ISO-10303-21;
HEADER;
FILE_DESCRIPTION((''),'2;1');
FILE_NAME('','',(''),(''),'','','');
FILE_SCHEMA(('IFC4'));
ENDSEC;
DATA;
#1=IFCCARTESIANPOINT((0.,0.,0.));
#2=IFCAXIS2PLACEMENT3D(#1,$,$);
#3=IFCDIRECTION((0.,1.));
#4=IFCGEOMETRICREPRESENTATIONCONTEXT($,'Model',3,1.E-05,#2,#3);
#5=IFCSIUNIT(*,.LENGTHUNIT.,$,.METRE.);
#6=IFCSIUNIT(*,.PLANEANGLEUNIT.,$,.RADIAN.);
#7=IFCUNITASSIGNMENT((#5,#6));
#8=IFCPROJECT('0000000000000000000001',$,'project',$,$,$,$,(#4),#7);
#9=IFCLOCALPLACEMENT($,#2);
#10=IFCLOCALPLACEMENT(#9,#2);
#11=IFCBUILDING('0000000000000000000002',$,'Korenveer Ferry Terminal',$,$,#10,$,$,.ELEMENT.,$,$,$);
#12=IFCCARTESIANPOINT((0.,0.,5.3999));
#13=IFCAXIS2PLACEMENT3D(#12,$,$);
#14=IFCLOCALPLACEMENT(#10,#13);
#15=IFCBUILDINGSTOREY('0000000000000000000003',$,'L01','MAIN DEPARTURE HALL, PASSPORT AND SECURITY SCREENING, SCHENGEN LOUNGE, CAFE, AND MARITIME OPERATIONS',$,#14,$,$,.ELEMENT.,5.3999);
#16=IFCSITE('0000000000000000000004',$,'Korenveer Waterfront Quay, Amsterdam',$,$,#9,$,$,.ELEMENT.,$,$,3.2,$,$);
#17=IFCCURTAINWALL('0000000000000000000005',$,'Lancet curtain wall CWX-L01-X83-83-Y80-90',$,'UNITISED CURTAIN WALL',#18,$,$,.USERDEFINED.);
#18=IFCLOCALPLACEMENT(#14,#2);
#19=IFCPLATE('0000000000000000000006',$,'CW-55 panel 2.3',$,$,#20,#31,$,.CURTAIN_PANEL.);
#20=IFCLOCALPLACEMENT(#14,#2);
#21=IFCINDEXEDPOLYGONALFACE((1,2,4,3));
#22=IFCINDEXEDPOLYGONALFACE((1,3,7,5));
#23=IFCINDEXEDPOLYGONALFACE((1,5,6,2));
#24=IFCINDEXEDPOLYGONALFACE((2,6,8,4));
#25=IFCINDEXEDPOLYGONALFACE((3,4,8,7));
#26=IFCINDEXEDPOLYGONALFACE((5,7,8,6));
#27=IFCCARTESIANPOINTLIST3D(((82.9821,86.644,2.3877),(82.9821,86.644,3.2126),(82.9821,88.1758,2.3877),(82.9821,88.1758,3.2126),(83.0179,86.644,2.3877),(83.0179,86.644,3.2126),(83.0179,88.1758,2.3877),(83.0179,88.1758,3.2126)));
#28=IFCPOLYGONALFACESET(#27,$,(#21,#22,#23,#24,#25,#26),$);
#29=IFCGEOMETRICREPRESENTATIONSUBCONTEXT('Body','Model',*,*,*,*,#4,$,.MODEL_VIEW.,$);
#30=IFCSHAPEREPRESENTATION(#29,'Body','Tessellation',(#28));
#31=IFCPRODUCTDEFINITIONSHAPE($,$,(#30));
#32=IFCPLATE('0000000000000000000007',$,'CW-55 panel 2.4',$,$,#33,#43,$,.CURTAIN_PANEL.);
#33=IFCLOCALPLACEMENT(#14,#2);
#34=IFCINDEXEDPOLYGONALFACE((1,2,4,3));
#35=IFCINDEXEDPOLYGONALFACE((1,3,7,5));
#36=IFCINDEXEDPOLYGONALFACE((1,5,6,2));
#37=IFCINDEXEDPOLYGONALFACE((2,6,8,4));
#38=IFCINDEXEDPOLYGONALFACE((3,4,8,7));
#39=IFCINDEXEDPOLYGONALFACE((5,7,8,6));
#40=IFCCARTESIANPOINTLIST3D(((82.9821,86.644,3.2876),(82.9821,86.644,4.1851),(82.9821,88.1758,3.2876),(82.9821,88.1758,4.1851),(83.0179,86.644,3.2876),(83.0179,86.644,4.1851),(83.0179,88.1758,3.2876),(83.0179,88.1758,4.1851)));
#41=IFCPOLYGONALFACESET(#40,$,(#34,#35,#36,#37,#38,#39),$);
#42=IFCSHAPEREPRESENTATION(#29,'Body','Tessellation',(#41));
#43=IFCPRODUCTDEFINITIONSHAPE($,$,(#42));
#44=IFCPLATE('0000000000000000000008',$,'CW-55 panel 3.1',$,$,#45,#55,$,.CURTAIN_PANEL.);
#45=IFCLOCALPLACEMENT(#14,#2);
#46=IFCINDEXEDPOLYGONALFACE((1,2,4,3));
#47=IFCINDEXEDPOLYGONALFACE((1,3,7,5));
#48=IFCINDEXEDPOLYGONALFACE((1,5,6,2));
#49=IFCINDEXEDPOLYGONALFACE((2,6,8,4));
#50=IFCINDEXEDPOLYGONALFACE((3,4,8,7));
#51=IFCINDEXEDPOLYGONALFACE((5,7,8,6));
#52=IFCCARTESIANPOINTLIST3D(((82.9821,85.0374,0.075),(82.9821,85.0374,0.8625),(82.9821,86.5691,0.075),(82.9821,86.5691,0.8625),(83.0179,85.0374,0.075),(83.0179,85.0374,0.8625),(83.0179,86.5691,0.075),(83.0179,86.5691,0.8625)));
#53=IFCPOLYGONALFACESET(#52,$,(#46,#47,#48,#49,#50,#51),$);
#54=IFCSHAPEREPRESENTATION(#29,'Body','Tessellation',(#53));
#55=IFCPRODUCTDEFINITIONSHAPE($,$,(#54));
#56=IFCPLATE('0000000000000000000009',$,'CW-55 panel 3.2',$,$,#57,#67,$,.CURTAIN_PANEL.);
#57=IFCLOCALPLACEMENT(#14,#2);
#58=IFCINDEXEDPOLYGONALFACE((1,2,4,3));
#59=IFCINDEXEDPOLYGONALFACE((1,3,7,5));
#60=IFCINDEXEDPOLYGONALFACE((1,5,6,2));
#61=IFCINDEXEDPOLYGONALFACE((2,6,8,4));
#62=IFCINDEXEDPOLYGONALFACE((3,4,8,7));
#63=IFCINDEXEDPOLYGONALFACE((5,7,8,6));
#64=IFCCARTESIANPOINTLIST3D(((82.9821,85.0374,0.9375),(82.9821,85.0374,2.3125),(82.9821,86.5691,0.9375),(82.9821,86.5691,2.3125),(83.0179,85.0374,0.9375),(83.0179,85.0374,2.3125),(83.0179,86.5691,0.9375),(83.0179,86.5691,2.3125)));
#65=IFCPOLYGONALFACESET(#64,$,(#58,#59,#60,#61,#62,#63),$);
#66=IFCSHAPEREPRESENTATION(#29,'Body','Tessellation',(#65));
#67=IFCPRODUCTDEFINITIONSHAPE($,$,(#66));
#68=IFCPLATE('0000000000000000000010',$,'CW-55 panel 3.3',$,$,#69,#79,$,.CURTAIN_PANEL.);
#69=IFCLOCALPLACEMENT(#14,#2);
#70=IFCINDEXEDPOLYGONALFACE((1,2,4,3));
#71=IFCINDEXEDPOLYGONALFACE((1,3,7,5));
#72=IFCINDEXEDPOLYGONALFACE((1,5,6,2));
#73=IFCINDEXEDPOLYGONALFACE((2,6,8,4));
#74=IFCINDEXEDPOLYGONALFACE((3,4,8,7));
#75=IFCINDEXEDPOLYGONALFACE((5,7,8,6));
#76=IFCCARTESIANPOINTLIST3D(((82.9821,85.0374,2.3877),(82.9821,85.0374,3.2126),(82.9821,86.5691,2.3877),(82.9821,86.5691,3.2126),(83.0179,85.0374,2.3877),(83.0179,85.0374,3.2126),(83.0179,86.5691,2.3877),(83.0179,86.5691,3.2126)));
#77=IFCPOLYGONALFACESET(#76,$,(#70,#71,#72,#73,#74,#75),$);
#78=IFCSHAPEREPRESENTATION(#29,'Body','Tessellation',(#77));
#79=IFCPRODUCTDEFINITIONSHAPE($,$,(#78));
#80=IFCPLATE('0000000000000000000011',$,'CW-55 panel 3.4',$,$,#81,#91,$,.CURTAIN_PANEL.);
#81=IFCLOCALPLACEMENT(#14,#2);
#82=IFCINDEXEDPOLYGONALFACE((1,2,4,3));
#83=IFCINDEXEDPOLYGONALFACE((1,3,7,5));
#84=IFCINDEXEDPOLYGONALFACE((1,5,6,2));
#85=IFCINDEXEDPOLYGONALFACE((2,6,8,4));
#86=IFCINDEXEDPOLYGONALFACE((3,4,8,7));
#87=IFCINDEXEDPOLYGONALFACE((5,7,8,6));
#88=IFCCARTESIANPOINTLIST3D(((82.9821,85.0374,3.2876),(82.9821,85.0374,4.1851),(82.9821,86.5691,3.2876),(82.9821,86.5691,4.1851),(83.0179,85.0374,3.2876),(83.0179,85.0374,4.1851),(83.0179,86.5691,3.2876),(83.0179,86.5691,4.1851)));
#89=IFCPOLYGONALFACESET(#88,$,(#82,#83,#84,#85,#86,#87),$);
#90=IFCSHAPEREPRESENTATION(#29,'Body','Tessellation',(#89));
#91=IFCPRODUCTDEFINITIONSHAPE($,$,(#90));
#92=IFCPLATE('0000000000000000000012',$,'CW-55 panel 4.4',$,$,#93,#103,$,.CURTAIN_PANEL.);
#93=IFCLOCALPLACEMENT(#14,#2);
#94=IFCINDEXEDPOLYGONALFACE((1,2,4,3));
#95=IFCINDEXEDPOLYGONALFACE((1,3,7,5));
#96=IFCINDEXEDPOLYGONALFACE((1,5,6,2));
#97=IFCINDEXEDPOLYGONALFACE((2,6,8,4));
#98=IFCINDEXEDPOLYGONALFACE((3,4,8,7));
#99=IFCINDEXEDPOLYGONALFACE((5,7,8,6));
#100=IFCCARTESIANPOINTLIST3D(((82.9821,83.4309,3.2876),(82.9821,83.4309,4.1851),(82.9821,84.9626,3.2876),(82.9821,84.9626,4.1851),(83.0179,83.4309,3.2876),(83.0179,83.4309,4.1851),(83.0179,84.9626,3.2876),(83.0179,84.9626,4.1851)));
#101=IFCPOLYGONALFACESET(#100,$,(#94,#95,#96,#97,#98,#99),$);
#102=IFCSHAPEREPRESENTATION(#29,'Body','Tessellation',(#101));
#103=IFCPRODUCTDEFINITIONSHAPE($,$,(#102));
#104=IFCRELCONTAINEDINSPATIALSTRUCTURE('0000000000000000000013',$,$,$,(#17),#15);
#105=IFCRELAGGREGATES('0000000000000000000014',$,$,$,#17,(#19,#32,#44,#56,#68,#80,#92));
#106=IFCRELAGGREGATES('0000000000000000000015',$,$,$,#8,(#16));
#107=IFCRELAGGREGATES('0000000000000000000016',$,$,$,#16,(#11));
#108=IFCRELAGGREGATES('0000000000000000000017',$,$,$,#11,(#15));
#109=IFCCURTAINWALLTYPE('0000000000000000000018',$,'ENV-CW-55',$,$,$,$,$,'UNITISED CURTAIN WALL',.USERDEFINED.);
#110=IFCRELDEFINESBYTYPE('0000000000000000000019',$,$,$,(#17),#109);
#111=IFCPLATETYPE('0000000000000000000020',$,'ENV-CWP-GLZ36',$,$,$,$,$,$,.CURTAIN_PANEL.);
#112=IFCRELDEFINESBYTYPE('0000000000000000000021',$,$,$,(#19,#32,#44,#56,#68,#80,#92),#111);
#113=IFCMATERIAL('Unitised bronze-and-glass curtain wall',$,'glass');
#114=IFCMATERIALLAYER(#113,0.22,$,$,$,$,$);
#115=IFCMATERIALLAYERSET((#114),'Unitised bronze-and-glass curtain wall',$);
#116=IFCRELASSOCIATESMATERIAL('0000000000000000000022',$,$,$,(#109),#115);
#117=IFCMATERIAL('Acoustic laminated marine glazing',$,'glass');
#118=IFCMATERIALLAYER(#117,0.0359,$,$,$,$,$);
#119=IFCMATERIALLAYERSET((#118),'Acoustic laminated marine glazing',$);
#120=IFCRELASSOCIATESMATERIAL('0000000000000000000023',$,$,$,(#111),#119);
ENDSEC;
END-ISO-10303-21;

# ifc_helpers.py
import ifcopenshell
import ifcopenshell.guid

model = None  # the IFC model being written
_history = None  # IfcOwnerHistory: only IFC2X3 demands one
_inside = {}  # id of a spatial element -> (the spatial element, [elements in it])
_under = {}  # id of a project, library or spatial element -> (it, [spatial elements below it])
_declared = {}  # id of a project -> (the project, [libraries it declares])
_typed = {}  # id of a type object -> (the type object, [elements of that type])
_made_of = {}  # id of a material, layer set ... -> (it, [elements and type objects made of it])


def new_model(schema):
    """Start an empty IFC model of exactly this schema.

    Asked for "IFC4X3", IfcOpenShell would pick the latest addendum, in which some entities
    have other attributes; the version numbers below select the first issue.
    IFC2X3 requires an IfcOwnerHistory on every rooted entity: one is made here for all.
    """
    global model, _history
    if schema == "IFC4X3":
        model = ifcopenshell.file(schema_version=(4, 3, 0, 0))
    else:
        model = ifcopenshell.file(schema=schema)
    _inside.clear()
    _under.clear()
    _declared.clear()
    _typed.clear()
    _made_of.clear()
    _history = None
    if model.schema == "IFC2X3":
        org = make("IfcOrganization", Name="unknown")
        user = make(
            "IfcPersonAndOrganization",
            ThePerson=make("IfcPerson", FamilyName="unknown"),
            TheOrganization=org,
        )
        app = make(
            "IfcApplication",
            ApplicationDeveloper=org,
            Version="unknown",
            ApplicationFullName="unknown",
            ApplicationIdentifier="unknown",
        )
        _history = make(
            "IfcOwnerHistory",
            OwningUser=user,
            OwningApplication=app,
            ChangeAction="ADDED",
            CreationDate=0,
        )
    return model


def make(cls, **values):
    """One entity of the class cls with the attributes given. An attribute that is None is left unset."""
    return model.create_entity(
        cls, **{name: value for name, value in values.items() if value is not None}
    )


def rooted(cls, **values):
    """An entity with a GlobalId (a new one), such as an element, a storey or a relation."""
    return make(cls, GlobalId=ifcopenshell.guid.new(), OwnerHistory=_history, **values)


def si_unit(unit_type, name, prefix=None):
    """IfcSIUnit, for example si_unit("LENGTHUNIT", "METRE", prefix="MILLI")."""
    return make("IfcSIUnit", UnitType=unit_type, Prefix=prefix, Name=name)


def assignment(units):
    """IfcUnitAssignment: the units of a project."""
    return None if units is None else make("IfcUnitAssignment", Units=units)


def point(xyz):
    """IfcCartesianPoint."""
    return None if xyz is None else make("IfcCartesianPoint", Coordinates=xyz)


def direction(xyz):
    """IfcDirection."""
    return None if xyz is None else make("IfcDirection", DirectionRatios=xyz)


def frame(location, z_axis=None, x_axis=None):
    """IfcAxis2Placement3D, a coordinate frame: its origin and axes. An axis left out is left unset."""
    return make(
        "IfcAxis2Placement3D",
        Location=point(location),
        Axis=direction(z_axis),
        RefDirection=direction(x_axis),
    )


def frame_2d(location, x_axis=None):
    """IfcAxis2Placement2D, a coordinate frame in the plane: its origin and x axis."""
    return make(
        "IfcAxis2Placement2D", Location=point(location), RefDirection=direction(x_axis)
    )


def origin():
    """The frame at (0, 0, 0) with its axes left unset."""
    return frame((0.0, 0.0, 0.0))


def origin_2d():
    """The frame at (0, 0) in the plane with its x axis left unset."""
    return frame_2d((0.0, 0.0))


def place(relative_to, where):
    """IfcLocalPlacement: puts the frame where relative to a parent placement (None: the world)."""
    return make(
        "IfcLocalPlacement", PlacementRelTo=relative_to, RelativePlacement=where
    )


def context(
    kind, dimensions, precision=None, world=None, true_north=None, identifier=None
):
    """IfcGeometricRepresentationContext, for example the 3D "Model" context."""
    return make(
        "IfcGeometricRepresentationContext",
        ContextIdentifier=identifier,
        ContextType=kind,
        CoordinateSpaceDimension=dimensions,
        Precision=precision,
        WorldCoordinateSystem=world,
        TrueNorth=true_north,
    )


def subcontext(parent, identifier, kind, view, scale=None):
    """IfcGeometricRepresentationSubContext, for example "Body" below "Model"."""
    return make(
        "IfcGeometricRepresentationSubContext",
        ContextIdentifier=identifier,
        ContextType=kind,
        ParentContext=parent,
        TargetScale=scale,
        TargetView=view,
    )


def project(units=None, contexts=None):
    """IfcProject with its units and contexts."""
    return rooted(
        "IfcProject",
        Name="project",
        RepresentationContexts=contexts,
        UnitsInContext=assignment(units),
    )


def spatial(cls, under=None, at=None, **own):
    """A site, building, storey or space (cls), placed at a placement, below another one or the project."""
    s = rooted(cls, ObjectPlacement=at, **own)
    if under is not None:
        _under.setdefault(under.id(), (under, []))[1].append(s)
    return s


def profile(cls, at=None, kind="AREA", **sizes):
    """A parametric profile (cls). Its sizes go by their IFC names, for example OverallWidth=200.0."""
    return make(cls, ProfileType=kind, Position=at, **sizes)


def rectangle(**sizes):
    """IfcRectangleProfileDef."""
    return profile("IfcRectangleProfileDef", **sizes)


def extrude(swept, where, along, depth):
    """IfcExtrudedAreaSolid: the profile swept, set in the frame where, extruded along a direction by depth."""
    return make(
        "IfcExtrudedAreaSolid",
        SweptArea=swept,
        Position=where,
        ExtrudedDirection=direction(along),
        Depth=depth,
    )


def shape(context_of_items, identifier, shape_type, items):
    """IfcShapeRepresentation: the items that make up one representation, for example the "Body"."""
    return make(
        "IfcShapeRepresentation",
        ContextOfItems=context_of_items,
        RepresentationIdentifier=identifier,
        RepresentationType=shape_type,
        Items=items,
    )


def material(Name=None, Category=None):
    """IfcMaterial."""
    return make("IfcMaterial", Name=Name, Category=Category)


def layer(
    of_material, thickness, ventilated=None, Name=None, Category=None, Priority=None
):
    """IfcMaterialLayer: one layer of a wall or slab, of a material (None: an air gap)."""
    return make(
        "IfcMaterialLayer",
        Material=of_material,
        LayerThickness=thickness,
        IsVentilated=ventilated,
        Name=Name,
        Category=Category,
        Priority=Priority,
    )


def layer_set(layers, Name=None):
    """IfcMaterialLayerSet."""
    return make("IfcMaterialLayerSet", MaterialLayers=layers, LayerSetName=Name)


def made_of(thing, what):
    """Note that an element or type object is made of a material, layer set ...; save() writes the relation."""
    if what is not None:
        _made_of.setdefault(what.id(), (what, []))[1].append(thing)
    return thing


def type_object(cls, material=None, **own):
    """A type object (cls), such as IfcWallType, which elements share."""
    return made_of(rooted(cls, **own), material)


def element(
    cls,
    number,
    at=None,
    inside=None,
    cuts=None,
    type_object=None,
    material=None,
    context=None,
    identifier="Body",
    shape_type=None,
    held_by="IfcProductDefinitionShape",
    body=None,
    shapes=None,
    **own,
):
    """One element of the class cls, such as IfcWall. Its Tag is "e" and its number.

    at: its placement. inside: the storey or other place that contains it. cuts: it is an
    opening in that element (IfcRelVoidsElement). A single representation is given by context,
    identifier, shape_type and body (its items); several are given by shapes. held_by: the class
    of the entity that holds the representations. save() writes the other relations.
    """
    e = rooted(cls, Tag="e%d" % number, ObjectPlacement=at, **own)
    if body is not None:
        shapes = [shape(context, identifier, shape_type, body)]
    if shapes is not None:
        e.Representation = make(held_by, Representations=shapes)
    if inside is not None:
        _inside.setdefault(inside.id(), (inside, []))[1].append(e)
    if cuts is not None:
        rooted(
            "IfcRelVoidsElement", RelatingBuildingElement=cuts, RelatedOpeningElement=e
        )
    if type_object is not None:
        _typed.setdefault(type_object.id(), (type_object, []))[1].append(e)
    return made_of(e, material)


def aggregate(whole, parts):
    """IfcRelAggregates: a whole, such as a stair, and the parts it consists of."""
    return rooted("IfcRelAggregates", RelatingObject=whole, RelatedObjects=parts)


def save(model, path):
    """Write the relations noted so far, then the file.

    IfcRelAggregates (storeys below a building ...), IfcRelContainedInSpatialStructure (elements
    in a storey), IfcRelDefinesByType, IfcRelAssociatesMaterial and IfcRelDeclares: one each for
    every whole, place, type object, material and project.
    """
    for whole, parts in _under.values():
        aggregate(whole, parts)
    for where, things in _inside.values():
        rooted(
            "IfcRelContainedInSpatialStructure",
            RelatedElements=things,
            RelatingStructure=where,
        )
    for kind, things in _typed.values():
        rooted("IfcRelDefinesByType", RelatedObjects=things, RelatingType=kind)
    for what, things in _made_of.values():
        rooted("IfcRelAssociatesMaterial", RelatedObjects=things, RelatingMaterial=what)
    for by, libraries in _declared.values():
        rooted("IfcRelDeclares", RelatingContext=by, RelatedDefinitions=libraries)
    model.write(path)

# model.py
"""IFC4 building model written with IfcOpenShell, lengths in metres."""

from ifc_helpers import new_model, si_unit, direction, frame, origin, origin_2d, place, context, subcontext, project, spatial, rectangle, extrude, material, layer, layer_set, type_object, element, aggregate, save


model = new_model("IFC4")

# Units and contexts
model_context = context("Model", 3, precision=1e-05, world=origin(), true_north=direction((0.0, 1.0)))
body_context = subcontext(model_context, "Body", "Model", "MODEL_VIEW")
ifc_project = project(units=[si_unit("LENGTHUNIT", "METRE"), si_unit("PLANEANGLEUNIT", "RADIAN")], contexts=[model_context])

# Site, building, storey
site_placement = place(None, origin())
site = spatial("IfcSite", under=ifc_project, at=site_placement, Name="Korenveer Waterfront Quay, Amsterdam", CompositionType="ELEMENT", RefElevation=3.2)
building_placement = place(site_placement, origin())
building = spatial("IfcBuilding", under=site, at=building_placement, Name="Korenveer Ferry Terminal", CompositionType="ELEMENT")
storey_placement = place(building_placement, frame((0.0, 0.0, 5.3999)))
storey = spatial("IfcBuildingStorey", under=building, at=storey_placement, Name="L01", Description="MAIN DEPARTURE HALL, PASSPORT AND SECURITY SCREENING, SCHENGEN LOUNGE, CAFE, AND MARITIME OPERATIONS", CompositionType="ELEMENT", Elevation=5.3999)

# Curtain wall, plates
ifc_material_1 = material(Name="Unitised bronze-and-glass curtain wall", Category="glass")
ifc_layer_1 = layer(ifc_material_1, 0.22)
ifc_layer_set_1 = layer_set([ifc_layer_1], Name="Unitised bronze-and-glass curtain wall")
curtain_wall_type = type_object("IfcCurtainWallType", Name="ENV-CW-55", ElementType="UNITISED CURTAIN WALL", PredefinedType="USERDEFINED", material=ifc_layer_set_1)
curtain_wall_placement = place(storey_placement, frame((83.0, 89.8201, 0.0)))
curtain_wall = element("IfcCurtainWall", 1, at=curtain_wall_placement, inside=storey, type_object=curtain_wall_type, Name="Lancet curtain wall CWX-L01-X83-83-Y80-90", ObjectType="UNITISED CURTAIN WALL", PredefinedType="USERDEFINED")
ifc_material_2 = material(Name="Acoustic laminated marine glazing", Category="glass")
ifc_layer_2 = layer(ifc_material_2, 0.0359)
ifc_layer_set_2 = layer_set([ifc_layer_2], Name="Acoustic laminated marine glazing")
plate_type = type_object("IfcPlateType", Name="ENV-CWP-GLZ36", PredefinedType="CURTAIN_PANEL", material=ifc_layer_set_2)
plate_1_placement = place(storey_placement, frame((83.0, 87.4099, 2.3877), z_axis=(0.0, 0.0, 1.0), x_axis=(0.0, -1.0, 0.0)))
plate_1 = element("IfcPlate", 2, at=plate_1_placement, type_object=plate_type, Name="CW-55 panel 2.3", PredefinedType="CURTAIN_PANEL", context=body_context, shape_type="SweptSolid", body=[
    extrude(rectangle(XDim=1.5317, YDim=0.0359, at=origin_2d()), origin(), (0.0, 0.0, 1.0), 0.825),
])
plate_2_placement = place(storey_placement, frame((83.0, 87.4099, 3.2876), z_axis=(0.0, 0.0, 1.0), x_axis=(0.0, -1.0, 0.0)))
plate_2 = element("IfcPlate", 3, at=plate_2_placement, type_object=plate_type, Name="CW-55 panel 2.4", PredefinedType="CURTAIN_PANEL", context=body_context, shape_type="SweptSolid", body=[
    extrude(rectangle(XDim=1.5317, YDim=0.0359, at=origin_2d()), origin(), (0.0, 0.0, 1.0), 0.8975),
])
plate_3_placement = place(storey_placement, frame((83.0, 85.8032, 0.075), z_axis=(0.0, 0.0, 1.0), x_axis=(0.0, -1.0, 0.0)))
plate_3 = element("IfcPlate", 4, at=plate_3_placement, type_object=plate_type, Name="CW-55 panel 3.1", PredefinedType="CURTAIN_PANEL", context=body_context, shape_type="SweptSolid", body=[
    extrude(rectangle(XDim=1.5317, YDim=0.0359, at=origin_2d()), origin(), (0.0, 0.0, 1.0), 0.7876),
])
plate_4_placement = place(storey_placement, frame((83.0, 85.8032, 0.9375), z_axis=(0.0, 0.0, 1.0), x_axis=(0.0, -1.0, 0.0)))
plate_4 = element("IfcPlate", 5, at=plate_4_placement, type_object=plate_type, Name="CW-55 panel 3.2", PredefinedType="CURTAIN_PANEL", context=body_context, shape_type="SweptSolid", body=[
    extrude(rectangle(XDim=1.5317, YDim=0.0359, at=origin_2d()), origin(), (0.0, 0.0, 1.0), 1.375),
])
plate_5_placement = place(storey_placement, frame((83.0, 85.8032, 2.3877), z_axis=(0.0, 0.0, 1.0), x_axis=(0.0, -1.0, 0.0)))
plate_5 = element("IfcPlate", 6, at=plate_5_placement, type_object=plate_type, Name="CW-55 panel 3.3", PredefinedType="CURTAIN_PANEL", context=body_context, shape_type="SweptSolid", body=[
    extrude(rectangle(XDim=1.5317, YDim=0.0359, at=origin_2d()), origin(), (0.0, 0.0, 1.0), 0.825),
])
plate_6_placement = place(storey_placement, frame((83.0, 85.8032, 3.2876), z_axis=(0.0, 0.0, 1.0), x_axis=(0.0, -1.0, 0.0)))
plate_6 = element("IfcPlate", 7, at=plate_6_placement, type_object=plate_type, Name="CW-55 panel 3.4", PredefinedType="CURTAIN_PANEL", context=body_context, shape_type="SweptSolid", body=[
    extrude(rectangle(XDim=1.5317, YDim=0.0359, at=origin_2d()), origin(), (0.0, 0.0, 1.0), 0.8975),
])
plate_7_placement = place(storey_placement, frame((83.0, 84.1968, 3.2876), z_axis=(0.0, 0.0, 1.0), x_axis=(0.0, -1.0, 0.0)))
plate_7 = element("IfcPlate", 8, at=plate_7_placement, type_object=plate_type, Name="CW-55 panel 4.4", PredefinedType="CURTAIN_PANEL", context=body_context, shape_type="SweptSolid", body=[
    extrude(rectangle(XDim=1.5317, YDim=0.0359, at=origin_2d()), origin(), (0.0, 0.0, 1.0), 0.8975),
])
aggregate(curtain_wall, [plate_1, plate_2, plate_3, plate_4, plate_5, plate_6, plate_7])

save(model, "model.ifc")
